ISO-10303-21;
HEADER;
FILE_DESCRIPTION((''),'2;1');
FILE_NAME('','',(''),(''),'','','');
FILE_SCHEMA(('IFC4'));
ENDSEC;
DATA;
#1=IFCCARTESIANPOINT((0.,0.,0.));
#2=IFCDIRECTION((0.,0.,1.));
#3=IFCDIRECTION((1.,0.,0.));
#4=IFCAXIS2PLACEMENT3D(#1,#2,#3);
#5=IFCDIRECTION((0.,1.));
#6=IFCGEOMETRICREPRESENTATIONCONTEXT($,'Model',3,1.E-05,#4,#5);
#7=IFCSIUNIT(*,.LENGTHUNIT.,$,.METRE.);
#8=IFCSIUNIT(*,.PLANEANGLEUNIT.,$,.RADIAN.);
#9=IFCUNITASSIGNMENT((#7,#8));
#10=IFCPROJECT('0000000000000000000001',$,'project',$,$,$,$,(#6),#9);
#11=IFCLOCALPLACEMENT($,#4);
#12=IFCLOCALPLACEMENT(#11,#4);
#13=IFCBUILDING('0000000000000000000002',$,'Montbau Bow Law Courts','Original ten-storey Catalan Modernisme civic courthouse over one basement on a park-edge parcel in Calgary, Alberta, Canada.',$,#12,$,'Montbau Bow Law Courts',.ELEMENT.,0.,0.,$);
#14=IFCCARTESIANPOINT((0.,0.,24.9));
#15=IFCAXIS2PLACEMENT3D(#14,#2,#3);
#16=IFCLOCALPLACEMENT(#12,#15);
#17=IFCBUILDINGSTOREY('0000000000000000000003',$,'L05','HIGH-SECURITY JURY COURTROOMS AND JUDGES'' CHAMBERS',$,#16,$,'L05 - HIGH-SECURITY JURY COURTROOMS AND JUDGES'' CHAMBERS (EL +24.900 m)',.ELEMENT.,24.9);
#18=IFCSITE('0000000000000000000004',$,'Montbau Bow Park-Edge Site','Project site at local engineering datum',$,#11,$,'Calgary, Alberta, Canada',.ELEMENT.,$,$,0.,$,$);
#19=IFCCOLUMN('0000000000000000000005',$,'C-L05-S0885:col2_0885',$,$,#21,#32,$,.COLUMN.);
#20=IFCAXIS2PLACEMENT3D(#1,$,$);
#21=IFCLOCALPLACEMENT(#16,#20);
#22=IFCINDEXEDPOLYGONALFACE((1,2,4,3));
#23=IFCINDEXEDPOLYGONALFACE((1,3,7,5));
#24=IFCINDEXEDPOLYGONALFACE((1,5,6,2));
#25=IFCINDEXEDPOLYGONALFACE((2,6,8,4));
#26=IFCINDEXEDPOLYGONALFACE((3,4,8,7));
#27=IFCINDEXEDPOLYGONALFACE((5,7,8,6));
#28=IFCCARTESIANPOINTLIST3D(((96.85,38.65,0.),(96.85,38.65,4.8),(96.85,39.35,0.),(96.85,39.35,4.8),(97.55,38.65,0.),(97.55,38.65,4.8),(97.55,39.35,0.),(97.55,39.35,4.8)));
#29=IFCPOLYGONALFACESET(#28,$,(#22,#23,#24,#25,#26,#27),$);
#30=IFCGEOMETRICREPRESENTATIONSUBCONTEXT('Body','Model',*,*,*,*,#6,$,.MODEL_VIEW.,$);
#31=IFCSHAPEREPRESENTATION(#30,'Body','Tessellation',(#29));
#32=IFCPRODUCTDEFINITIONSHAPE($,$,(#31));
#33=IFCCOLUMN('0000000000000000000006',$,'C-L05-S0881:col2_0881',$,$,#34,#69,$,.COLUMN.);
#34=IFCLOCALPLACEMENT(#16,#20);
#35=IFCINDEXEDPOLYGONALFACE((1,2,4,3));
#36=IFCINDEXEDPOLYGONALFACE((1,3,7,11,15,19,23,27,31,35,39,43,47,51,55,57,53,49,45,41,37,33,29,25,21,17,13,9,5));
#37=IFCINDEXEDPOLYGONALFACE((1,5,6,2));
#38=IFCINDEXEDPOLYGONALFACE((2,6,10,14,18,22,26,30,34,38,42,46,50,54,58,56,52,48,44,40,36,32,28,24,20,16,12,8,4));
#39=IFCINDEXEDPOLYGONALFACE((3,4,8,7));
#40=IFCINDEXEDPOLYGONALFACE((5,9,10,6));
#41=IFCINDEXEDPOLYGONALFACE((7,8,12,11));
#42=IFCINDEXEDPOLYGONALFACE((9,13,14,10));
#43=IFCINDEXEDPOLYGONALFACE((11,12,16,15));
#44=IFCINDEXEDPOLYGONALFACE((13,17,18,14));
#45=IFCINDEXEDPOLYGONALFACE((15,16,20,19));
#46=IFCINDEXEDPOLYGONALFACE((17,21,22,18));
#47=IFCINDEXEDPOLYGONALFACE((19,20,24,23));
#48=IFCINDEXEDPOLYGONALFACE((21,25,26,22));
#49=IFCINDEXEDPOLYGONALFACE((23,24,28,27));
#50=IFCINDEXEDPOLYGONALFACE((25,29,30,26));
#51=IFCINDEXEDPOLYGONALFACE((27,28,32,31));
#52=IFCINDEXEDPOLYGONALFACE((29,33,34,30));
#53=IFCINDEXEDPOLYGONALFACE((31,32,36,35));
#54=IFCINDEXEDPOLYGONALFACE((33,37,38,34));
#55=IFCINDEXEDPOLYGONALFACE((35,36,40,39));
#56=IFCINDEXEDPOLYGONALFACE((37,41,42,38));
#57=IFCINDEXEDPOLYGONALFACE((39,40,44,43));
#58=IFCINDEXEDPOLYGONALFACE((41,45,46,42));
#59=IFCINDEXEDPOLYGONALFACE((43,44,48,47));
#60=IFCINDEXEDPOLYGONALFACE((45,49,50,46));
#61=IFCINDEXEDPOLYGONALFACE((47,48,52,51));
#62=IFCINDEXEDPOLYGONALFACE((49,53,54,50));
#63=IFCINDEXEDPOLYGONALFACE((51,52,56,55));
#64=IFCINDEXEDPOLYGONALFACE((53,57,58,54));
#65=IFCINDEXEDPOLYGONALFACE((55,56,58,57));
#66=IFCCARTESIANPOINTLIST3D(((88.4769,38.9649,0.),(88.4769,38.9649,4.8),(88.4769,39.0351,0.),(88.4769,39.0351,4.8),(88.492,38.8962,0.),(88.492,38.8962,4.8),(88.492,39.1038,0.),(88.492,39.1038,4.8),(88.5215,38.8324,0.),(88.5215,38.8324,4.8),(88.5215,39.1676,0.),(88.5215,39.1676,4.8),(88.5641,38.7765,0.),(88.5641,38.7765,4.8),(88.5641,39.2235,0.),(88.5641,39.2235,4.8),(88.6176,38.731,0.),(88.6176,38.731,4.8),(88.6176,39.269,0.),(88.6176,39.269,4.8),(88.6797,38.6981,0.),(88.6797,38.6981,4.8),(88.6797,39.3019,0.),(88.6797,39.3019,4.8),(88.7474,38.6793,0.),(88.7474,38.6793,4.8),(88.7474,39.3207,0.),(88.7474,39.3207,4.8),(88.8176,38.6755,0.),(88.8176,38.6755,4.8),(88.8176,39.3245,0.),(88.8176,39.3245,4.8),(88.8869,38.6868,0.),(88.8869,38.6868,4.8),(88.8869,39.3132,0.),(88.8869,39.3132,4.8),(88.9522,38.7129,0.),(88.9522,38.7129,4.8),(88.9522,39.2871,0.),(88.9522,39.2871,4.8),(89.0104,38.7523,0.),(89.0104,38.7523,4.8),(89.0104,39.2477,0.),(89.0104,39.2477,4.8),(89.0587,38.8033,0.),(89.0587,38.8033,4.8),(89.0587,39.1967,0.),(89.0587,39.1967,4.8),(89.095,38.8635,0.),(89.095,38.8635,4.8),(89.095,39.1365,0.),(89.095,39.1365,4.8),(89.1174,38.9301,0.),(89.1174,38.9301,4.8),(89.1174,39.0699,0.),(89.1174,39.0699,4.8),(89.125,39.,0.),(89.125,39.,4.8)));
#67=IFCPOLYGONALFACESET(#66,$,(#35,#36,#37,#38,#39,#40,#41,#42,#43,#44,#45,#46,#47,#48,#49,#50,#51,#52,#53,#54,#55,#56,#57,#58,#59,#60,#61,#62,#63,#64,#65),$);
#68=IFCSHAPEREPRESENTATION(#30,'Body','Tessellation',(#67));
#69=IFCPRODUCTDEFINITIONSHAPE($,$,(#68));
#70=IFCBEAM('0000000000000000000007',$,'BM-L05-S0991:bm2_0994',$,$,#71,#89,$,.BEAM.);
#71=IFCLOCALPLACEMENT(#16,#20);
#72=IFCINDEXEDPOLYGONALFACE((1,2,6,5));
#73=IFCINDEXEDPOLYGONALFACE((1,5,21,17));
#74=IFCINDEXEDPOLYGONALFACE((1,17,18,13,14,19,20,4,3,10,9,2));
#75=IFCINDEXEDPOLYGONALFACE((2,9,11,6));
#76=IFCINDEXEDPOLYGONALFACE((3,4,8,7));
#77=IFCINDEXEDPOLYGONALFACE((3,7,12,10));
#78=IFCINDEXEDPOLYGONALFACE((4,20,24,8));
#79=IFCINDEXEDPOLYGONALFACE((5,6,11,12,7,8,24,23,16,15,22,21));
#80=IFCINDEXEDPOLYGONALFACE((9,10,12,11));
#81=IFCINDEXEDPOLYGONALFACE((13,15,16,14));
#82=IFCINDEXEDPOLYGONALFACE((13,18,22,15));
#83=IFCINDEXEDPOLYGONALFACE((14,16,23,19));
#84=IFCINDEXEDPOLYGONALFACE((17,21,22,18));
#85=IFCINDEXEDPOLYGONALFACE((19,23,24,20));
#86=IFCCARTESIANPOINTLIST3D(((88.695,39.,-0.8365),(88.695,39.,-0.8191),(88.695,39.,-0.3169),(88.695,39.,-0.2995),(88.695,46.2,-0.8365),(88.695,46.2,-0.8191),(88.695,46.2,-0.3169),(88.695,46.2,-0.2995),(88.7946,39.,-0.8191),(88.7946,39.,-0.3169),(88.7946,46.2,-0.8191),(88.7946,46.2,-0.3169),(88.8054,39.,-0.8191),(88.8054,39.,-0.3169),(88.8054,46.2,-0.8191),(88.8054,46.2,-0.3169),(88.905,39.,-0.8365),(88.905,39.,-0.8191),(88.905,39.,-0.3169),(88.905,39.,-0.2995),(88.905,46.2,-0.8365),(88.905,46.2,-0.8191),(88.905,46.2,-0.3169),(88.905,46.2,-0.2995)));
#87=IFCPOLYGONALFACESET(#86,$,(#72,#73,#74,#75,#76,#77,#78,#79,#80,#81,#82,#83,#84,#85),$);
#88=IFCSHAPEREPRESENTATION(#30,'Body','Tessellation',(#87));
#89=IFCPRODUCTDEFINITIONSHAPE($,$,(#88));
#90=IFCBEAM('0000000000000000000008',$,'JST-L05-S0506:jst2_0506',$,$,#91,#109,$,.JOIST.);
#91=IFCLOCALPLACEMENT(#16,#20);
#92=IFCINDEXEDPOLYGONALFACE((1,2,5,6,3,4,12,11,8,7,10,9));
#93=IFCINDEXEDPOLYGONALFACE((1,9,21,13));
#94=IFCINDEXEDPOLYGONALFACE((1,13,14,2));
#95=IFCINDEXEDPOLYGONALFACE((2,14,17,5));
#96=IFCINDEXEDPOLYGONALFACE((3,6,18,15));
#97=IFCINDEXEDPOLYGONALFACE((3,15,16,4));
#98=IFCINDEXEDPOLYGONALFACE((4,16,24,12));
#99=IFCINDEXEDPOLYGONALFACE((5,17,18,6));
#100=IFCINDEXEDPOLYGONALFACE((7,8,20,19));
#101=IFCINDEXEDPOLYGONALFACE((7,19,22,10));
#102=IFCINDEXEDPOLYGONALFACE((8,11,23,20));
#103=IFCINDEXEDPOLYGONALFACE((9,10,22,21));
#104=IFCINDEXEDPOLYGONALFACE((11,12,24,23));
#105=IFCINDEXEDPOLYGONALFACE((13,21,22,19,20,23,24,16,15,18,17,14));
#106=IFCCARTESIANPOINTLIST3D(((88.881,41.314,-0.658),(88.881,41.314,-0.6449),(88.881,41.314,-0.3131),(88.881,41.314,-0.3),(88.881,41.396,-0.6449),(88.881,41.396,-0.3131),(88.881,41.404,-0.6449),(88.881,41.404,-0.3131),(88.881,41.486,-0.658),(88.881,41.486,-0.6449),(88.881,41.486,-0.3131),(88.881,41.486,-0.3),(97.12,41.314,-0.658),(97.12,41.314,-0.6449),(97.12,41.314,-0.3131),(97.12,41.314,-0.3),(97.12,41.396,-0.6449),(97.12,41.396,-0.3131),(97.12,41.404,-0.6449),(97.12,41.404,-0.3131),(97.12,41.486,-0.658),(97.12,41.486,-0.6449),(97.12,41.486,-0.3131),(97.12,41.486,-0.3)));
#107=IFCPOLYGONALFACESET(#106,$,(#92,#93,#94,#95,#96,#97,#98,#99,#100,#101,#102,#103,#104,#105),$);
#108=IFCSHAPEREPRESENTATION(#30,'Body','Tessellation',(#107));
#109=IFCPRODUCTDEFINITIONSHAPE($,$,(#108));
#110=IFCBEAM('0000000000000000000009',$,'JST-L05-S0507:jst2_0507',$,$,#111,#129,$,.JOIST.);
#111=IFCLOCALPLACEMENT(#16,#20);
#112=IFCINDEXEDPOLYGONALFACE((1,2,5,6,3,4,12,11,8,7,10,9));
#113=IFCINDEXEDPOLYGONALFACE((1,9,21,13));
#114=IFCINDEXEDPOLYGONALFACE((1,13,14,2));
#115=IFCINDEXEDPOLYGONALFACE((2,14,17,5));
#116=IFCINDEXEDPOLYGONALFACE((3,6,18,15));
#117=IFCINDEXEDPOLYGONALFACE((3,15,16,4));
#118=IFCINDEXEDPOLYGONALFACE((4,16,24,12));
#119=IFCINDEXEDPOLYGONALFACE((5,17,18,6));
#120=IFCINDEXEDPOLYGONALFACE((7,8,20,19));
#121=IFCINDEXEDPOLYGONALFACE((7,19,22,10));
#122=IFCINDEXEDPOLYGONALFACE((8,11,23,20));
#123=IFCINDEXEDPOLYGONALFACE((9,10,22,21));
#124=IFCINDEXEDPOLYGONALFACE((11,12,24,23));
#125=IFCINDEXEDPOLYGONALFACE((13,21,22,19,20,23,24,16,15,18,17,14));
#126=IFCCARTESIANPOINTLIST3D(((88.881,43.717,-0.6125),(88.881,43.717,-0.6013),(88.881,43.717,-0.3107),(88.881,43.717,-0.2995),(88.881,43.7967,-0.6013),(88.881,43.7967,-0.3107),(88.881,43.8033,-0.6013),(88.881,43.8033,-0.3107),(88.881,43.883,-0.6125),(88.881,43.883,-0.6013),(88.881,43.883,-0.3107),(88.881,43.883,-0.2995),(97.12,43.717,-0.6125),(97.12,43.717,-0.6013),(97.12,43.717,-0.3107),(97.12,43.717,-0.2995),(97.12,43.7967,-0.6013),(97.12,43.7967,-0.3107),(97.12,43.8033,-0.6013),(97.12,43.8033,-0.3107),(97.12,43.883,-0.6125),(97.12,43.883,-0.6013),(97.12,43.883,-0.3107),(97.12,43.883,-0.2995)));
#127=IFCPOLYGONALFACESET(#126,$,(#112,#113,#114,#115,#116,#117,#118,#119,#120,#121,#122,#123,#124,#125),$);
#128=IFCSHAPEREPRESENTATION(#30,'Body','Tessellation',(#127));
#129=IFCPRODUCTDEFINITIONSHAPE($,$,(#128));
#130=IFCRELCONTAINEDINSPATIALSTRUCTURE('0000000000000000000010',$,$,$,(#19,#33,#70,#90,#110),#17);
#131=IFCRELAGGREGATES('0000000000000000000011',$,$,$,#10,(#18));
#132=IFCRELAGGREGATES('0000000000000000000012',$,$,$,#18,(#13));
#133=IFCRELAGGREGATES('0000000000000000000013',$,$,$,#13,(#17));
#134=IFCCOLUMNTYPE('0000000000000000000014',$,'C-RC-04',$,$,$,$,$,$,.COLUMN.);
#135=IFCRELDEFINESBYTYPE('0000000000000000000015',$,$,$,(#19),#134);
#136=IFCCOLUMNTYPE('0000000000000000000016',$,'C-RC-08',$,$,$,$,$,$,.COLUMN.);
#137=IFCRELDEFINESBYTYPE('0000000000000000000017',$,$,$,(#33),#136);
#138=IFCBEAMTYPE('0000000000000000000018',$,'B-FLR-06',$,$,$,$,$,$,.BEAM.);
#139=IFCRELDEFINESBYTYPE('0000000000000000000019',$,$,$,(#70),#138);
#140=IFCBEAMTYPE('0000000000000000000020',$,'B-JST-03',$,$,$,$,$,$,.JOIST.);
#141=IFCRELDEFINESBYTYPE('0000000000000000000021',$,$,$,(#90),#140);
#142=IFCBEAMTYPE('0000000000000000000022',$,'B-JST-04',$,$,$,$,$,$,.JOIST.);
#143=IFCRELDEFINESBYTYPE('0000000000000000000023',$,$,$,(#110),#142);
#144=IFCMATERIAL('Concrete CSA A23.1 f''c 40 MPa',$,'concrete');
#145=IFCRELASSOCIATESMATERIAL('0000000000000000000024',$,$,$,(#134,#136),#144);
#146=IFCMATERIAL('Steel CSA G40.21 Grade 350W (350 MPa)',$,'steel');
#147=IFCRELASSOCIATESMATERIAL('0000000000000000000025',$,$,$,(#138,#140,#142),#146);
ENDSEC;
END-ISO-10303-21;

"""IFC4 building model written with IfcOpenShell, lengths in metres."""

from ifc_helpers import new_model, si_unit, direction, frame, origin_with_axes, origin_2d_with_axis, place, context, subcontext, project, spatial, rectangle, circle, i_section, extrude, material, material_profile, profile_set, type_object, element, save


model = new_model("IFC4")

# Units and contexts
model_context = context("Model", 3, precision=1e-05, world=origin_with_axes(), true_north=direction((0.0, 1.0)))
body_context = subcontext(model_context, "Body", "Model", "MODEL_VIEW")
ifc_project = project(units=[si_unit("LENGTHUNIT", "METRE"), si_unit("PLANEANGLEUNIT", "RADIAN")], contexts=[model_context])

# Site, building, storey
site_placement = place(None, origin_with_axes())
site = spatial("IfcSite", under=ifc_project, at=site_placement, Name="Montbau Bow Park-Edge Site", Description="Project site at local engineering datum", LongName="Calgary, Alberta, Canada", CompositionType="ELEMENT", RefElevation=0.0)
building_placement = place(site_placement, origin_with_axes())
building = spatial("IfcBuilding", under=site, at=building_placement, Name="Montbau Bow Law Courts", Description="Original ten-storey Catalan Modernisme civic courthouse over one basement on a park-edge parcel in Calgary, Alberta, Canada.", LongName="Montbau Bow Law Courts", CompositionType="ELEMENT", ElevationOfRefHeight=0.0, ElevationOfTerrain=0.0)
storey_placement = place(building_placement, frame((0.0, 0.0, 24.9), z_axis=(0.0, 0.0, 1.0), x_axis=(1.0, 0.0, 0.0)))
storey = spatial("IfcBuildingStorey", under=building, at=storey_placement, Name="L05", Description="HIGH-SECURITY JURY COURTROOMS AND JUDGES' CHAMBERS", LongName="L05 - HIGH-SECURITY JURY COURTROOMS AND JUDGES' CHAMBERS (EL +24.900 m)", CompositionType="ELEMENT", Elevation=24.9)

# Columns
ifc_material_1 = material(Name="Concrete CSA A23.1 f'c 40 MPa", Category="concrete")
ifc_material_profile_1 = material_profile(ifc_material_1, rectangle(XDim=0.7, YDim=0.7, at=origin_2d_with_axis()), Name="RC700X700", Category="Main", Priority=0)
ifc_profile_set_1 = profile_set([ifc_material_profile_1], Name="Concrete CSA A23.1 f'c 40 MPa")
column_type_1 = type_object("IfcColumnType", Name="C-RC-04", PredefinedType="COLUMN", material=ifc_profile_set_1)
column_1_placement = place(None, frame((97.2, 39.0, 24.9), z_axis=(0.0, 0.0, 1.0), x_axis=(1.0, 0.0, 0.0)))
element("IfcColumn", 1, at=column_1_placement, inside=storey, type_object=column_type_1, Name="C-L05-S0885:col2_0885", PredefinedType="COLUMN", context=body_context, shape_type="SweptSolid", body=[
    extrude(rectangle(XDim=0.7, YDim=0.7, at=origin_2d_with_axis()), origin_with_axes(), (0.0, 0.0, 1.0), 4.8),
])
ifc_material_profile_2 = material_profile(ifc_material_1, circle(Radius=0.325, at=origin_2d_with_axis()), Name="RC650D", Category="Main", Priority=0)
ifc_profile_set_2 = profile_set([ifc_material_profile_2], Name="Concrete CSA A23.1 f'c 40 MPa")
column_type_2 = type_object("IfcColumnType", Name="C-RC-08", PredefinedType="COLUMN", material=ifc_profile_set_2)
column_2_placement = place(None, frame((88.8, 39.0, 24.9), z_axis=(0.0, 0.0, 1.0), x_axis=(1.0, 0.0, 0.0)))
element("IfcColumn", 2, at=column_2_placement, inside=storey, type_object=column_type_2, Name="C-L05-S0881:col2_0881", PredefinedType="COLUMN", context=body_context, shape_type="SweptSolid", body=[
    extrude(circle(Radius=0.325, at=origin_2d_with_axis()), origin_with_axes(), (0.0, 0.0, 1.0), 4.8),
])

# Beams
ifc_material_2 = material(Name="Steel CSA G40.21 Grade 350W (350 MPa)", Category="steel")
ifc_material_profile_3 = material_profile(ifc_material_2, i_section(OverallWidth=0.21, OverallDepth=0.537, WebThickness=0.0109, FlangeThickness=0.0174, at=origin_2d_with_axis()), Name="W530X101", Category="Main", Priority=0)
ifc_profile_set_3 = profile_set([ifc_material_profile_3], Name="Steel CSA G40.21 Grade 350W (350 MPa)")
beam_type_1 = type_object("IfcBeamType", Name="B-FLR-06", PredefinedType="BEAM", material=ifc_profile_set_3)
beam_1_placement = place(None, frame((88.8, 39.0, 24.332), z_axis=(0.0, 1.0, 0.0), x_axis=(-1.0, 0.0, 0.0)))
element("IfcBeam", 3, at=beam_1_placement, inside=storey, type_object=beam_type_1, Name="BM-L05-S0991:bm2_0994", PredefinedType="BEAM", context=body_context, shape_type="SweptSolid", body=[
    extrude(i_section(OverallWidth=0.21, OverallDepth=0.537, WebThickness=0.0109, FlangeThickness=0.0174, at=origin_2d_with_axis()), origin_with_axes(), (0.0, 0.0, 1.0), 7.2),
])
ifc_material_profile_4 = material_profile(ifc_material_2, i_section(OverallWidth=0.172, OverallDepth=0.358, WebThickness=0.0079, FlangeThickness=0.0131, at=origin_2d_with_axis()), Name="W360X57", Category="Main", Priority=0)
ifc_profile_set_4 = profile_set([ifc_material_profile_4], Name="Steel CSA G40.21 Grade 350W (350 MPa)")
beam_type_2 = type_object("IfcBeamType", Name="B-JST-03", PredefinedType="JOIST", material=ifc_profile_set_4)
beam_2_placement = place(None, frame((88.881, 41.4, 24.421), z_axis=(1.0, 0.0, 0.0), x_axis=(0.0, 1.0, 0.0)))
element("IfcBeam", 4, at=beam_2_placement, inside=storey, type_object=beam_type_2, Name="JST-L05-S0506:jst2_0506", PredefinedType="JOIST", context=body_context, shape_type="SweptSolid", body=[
    extrude(i_section(OverallWidth=0.172, OverallDepth=0.358, WebThickness=0.0079, FlangeThickness=0.0131, at=origin_2d_with_axis()), origin_with_axes(), (0.0, 0.0, 1.0), 8.239),
])
ifc_material_profile_5 = material_profile(ifc_material_2, i_section(OverallWidth=0.166, OverallDepth=0.313, WebThickness=0.0066, FlangeThickness=0.0112, at=origin_2d_with_axis()), Name="W310X45", Category="Main", Priority=0)
ifc_profile_set_5 = profile_set([ifc_material_profile_5], Name="Steel CSA G40.21 Grade 350W (350 MPa)")
beam_type_3 = type_object("IfcBeamType", Name="B-JST-04", PredefinedType="JOIST", material=ifc_profile_set_5)
beam_3_placement = place(None, frame((88.881, 43.8, 24.444), z_axis=(1.0, 0.0, 0.0), x_axis=(0.0, 1.0, 0.0)))
element("IfcBeam", 5, at=beam_3_placement, inside=storey, type_object=beam_type_3, Name="JST-L05-S0507:jst2_0507", PredefinedType="JOIST", context=body_context, shape_type="SweptSolid", body=[
    extrude(i_section(OverallWidth=0.166, OverallDepth=0.313, WebThickness=0.0066, FlangeThickness=0.0112, at=origin_2d_with_axis()), origin_with_axes(), (0.0, 0.0, 1.0), 8.239),
])

save(model, "model.ifc")
